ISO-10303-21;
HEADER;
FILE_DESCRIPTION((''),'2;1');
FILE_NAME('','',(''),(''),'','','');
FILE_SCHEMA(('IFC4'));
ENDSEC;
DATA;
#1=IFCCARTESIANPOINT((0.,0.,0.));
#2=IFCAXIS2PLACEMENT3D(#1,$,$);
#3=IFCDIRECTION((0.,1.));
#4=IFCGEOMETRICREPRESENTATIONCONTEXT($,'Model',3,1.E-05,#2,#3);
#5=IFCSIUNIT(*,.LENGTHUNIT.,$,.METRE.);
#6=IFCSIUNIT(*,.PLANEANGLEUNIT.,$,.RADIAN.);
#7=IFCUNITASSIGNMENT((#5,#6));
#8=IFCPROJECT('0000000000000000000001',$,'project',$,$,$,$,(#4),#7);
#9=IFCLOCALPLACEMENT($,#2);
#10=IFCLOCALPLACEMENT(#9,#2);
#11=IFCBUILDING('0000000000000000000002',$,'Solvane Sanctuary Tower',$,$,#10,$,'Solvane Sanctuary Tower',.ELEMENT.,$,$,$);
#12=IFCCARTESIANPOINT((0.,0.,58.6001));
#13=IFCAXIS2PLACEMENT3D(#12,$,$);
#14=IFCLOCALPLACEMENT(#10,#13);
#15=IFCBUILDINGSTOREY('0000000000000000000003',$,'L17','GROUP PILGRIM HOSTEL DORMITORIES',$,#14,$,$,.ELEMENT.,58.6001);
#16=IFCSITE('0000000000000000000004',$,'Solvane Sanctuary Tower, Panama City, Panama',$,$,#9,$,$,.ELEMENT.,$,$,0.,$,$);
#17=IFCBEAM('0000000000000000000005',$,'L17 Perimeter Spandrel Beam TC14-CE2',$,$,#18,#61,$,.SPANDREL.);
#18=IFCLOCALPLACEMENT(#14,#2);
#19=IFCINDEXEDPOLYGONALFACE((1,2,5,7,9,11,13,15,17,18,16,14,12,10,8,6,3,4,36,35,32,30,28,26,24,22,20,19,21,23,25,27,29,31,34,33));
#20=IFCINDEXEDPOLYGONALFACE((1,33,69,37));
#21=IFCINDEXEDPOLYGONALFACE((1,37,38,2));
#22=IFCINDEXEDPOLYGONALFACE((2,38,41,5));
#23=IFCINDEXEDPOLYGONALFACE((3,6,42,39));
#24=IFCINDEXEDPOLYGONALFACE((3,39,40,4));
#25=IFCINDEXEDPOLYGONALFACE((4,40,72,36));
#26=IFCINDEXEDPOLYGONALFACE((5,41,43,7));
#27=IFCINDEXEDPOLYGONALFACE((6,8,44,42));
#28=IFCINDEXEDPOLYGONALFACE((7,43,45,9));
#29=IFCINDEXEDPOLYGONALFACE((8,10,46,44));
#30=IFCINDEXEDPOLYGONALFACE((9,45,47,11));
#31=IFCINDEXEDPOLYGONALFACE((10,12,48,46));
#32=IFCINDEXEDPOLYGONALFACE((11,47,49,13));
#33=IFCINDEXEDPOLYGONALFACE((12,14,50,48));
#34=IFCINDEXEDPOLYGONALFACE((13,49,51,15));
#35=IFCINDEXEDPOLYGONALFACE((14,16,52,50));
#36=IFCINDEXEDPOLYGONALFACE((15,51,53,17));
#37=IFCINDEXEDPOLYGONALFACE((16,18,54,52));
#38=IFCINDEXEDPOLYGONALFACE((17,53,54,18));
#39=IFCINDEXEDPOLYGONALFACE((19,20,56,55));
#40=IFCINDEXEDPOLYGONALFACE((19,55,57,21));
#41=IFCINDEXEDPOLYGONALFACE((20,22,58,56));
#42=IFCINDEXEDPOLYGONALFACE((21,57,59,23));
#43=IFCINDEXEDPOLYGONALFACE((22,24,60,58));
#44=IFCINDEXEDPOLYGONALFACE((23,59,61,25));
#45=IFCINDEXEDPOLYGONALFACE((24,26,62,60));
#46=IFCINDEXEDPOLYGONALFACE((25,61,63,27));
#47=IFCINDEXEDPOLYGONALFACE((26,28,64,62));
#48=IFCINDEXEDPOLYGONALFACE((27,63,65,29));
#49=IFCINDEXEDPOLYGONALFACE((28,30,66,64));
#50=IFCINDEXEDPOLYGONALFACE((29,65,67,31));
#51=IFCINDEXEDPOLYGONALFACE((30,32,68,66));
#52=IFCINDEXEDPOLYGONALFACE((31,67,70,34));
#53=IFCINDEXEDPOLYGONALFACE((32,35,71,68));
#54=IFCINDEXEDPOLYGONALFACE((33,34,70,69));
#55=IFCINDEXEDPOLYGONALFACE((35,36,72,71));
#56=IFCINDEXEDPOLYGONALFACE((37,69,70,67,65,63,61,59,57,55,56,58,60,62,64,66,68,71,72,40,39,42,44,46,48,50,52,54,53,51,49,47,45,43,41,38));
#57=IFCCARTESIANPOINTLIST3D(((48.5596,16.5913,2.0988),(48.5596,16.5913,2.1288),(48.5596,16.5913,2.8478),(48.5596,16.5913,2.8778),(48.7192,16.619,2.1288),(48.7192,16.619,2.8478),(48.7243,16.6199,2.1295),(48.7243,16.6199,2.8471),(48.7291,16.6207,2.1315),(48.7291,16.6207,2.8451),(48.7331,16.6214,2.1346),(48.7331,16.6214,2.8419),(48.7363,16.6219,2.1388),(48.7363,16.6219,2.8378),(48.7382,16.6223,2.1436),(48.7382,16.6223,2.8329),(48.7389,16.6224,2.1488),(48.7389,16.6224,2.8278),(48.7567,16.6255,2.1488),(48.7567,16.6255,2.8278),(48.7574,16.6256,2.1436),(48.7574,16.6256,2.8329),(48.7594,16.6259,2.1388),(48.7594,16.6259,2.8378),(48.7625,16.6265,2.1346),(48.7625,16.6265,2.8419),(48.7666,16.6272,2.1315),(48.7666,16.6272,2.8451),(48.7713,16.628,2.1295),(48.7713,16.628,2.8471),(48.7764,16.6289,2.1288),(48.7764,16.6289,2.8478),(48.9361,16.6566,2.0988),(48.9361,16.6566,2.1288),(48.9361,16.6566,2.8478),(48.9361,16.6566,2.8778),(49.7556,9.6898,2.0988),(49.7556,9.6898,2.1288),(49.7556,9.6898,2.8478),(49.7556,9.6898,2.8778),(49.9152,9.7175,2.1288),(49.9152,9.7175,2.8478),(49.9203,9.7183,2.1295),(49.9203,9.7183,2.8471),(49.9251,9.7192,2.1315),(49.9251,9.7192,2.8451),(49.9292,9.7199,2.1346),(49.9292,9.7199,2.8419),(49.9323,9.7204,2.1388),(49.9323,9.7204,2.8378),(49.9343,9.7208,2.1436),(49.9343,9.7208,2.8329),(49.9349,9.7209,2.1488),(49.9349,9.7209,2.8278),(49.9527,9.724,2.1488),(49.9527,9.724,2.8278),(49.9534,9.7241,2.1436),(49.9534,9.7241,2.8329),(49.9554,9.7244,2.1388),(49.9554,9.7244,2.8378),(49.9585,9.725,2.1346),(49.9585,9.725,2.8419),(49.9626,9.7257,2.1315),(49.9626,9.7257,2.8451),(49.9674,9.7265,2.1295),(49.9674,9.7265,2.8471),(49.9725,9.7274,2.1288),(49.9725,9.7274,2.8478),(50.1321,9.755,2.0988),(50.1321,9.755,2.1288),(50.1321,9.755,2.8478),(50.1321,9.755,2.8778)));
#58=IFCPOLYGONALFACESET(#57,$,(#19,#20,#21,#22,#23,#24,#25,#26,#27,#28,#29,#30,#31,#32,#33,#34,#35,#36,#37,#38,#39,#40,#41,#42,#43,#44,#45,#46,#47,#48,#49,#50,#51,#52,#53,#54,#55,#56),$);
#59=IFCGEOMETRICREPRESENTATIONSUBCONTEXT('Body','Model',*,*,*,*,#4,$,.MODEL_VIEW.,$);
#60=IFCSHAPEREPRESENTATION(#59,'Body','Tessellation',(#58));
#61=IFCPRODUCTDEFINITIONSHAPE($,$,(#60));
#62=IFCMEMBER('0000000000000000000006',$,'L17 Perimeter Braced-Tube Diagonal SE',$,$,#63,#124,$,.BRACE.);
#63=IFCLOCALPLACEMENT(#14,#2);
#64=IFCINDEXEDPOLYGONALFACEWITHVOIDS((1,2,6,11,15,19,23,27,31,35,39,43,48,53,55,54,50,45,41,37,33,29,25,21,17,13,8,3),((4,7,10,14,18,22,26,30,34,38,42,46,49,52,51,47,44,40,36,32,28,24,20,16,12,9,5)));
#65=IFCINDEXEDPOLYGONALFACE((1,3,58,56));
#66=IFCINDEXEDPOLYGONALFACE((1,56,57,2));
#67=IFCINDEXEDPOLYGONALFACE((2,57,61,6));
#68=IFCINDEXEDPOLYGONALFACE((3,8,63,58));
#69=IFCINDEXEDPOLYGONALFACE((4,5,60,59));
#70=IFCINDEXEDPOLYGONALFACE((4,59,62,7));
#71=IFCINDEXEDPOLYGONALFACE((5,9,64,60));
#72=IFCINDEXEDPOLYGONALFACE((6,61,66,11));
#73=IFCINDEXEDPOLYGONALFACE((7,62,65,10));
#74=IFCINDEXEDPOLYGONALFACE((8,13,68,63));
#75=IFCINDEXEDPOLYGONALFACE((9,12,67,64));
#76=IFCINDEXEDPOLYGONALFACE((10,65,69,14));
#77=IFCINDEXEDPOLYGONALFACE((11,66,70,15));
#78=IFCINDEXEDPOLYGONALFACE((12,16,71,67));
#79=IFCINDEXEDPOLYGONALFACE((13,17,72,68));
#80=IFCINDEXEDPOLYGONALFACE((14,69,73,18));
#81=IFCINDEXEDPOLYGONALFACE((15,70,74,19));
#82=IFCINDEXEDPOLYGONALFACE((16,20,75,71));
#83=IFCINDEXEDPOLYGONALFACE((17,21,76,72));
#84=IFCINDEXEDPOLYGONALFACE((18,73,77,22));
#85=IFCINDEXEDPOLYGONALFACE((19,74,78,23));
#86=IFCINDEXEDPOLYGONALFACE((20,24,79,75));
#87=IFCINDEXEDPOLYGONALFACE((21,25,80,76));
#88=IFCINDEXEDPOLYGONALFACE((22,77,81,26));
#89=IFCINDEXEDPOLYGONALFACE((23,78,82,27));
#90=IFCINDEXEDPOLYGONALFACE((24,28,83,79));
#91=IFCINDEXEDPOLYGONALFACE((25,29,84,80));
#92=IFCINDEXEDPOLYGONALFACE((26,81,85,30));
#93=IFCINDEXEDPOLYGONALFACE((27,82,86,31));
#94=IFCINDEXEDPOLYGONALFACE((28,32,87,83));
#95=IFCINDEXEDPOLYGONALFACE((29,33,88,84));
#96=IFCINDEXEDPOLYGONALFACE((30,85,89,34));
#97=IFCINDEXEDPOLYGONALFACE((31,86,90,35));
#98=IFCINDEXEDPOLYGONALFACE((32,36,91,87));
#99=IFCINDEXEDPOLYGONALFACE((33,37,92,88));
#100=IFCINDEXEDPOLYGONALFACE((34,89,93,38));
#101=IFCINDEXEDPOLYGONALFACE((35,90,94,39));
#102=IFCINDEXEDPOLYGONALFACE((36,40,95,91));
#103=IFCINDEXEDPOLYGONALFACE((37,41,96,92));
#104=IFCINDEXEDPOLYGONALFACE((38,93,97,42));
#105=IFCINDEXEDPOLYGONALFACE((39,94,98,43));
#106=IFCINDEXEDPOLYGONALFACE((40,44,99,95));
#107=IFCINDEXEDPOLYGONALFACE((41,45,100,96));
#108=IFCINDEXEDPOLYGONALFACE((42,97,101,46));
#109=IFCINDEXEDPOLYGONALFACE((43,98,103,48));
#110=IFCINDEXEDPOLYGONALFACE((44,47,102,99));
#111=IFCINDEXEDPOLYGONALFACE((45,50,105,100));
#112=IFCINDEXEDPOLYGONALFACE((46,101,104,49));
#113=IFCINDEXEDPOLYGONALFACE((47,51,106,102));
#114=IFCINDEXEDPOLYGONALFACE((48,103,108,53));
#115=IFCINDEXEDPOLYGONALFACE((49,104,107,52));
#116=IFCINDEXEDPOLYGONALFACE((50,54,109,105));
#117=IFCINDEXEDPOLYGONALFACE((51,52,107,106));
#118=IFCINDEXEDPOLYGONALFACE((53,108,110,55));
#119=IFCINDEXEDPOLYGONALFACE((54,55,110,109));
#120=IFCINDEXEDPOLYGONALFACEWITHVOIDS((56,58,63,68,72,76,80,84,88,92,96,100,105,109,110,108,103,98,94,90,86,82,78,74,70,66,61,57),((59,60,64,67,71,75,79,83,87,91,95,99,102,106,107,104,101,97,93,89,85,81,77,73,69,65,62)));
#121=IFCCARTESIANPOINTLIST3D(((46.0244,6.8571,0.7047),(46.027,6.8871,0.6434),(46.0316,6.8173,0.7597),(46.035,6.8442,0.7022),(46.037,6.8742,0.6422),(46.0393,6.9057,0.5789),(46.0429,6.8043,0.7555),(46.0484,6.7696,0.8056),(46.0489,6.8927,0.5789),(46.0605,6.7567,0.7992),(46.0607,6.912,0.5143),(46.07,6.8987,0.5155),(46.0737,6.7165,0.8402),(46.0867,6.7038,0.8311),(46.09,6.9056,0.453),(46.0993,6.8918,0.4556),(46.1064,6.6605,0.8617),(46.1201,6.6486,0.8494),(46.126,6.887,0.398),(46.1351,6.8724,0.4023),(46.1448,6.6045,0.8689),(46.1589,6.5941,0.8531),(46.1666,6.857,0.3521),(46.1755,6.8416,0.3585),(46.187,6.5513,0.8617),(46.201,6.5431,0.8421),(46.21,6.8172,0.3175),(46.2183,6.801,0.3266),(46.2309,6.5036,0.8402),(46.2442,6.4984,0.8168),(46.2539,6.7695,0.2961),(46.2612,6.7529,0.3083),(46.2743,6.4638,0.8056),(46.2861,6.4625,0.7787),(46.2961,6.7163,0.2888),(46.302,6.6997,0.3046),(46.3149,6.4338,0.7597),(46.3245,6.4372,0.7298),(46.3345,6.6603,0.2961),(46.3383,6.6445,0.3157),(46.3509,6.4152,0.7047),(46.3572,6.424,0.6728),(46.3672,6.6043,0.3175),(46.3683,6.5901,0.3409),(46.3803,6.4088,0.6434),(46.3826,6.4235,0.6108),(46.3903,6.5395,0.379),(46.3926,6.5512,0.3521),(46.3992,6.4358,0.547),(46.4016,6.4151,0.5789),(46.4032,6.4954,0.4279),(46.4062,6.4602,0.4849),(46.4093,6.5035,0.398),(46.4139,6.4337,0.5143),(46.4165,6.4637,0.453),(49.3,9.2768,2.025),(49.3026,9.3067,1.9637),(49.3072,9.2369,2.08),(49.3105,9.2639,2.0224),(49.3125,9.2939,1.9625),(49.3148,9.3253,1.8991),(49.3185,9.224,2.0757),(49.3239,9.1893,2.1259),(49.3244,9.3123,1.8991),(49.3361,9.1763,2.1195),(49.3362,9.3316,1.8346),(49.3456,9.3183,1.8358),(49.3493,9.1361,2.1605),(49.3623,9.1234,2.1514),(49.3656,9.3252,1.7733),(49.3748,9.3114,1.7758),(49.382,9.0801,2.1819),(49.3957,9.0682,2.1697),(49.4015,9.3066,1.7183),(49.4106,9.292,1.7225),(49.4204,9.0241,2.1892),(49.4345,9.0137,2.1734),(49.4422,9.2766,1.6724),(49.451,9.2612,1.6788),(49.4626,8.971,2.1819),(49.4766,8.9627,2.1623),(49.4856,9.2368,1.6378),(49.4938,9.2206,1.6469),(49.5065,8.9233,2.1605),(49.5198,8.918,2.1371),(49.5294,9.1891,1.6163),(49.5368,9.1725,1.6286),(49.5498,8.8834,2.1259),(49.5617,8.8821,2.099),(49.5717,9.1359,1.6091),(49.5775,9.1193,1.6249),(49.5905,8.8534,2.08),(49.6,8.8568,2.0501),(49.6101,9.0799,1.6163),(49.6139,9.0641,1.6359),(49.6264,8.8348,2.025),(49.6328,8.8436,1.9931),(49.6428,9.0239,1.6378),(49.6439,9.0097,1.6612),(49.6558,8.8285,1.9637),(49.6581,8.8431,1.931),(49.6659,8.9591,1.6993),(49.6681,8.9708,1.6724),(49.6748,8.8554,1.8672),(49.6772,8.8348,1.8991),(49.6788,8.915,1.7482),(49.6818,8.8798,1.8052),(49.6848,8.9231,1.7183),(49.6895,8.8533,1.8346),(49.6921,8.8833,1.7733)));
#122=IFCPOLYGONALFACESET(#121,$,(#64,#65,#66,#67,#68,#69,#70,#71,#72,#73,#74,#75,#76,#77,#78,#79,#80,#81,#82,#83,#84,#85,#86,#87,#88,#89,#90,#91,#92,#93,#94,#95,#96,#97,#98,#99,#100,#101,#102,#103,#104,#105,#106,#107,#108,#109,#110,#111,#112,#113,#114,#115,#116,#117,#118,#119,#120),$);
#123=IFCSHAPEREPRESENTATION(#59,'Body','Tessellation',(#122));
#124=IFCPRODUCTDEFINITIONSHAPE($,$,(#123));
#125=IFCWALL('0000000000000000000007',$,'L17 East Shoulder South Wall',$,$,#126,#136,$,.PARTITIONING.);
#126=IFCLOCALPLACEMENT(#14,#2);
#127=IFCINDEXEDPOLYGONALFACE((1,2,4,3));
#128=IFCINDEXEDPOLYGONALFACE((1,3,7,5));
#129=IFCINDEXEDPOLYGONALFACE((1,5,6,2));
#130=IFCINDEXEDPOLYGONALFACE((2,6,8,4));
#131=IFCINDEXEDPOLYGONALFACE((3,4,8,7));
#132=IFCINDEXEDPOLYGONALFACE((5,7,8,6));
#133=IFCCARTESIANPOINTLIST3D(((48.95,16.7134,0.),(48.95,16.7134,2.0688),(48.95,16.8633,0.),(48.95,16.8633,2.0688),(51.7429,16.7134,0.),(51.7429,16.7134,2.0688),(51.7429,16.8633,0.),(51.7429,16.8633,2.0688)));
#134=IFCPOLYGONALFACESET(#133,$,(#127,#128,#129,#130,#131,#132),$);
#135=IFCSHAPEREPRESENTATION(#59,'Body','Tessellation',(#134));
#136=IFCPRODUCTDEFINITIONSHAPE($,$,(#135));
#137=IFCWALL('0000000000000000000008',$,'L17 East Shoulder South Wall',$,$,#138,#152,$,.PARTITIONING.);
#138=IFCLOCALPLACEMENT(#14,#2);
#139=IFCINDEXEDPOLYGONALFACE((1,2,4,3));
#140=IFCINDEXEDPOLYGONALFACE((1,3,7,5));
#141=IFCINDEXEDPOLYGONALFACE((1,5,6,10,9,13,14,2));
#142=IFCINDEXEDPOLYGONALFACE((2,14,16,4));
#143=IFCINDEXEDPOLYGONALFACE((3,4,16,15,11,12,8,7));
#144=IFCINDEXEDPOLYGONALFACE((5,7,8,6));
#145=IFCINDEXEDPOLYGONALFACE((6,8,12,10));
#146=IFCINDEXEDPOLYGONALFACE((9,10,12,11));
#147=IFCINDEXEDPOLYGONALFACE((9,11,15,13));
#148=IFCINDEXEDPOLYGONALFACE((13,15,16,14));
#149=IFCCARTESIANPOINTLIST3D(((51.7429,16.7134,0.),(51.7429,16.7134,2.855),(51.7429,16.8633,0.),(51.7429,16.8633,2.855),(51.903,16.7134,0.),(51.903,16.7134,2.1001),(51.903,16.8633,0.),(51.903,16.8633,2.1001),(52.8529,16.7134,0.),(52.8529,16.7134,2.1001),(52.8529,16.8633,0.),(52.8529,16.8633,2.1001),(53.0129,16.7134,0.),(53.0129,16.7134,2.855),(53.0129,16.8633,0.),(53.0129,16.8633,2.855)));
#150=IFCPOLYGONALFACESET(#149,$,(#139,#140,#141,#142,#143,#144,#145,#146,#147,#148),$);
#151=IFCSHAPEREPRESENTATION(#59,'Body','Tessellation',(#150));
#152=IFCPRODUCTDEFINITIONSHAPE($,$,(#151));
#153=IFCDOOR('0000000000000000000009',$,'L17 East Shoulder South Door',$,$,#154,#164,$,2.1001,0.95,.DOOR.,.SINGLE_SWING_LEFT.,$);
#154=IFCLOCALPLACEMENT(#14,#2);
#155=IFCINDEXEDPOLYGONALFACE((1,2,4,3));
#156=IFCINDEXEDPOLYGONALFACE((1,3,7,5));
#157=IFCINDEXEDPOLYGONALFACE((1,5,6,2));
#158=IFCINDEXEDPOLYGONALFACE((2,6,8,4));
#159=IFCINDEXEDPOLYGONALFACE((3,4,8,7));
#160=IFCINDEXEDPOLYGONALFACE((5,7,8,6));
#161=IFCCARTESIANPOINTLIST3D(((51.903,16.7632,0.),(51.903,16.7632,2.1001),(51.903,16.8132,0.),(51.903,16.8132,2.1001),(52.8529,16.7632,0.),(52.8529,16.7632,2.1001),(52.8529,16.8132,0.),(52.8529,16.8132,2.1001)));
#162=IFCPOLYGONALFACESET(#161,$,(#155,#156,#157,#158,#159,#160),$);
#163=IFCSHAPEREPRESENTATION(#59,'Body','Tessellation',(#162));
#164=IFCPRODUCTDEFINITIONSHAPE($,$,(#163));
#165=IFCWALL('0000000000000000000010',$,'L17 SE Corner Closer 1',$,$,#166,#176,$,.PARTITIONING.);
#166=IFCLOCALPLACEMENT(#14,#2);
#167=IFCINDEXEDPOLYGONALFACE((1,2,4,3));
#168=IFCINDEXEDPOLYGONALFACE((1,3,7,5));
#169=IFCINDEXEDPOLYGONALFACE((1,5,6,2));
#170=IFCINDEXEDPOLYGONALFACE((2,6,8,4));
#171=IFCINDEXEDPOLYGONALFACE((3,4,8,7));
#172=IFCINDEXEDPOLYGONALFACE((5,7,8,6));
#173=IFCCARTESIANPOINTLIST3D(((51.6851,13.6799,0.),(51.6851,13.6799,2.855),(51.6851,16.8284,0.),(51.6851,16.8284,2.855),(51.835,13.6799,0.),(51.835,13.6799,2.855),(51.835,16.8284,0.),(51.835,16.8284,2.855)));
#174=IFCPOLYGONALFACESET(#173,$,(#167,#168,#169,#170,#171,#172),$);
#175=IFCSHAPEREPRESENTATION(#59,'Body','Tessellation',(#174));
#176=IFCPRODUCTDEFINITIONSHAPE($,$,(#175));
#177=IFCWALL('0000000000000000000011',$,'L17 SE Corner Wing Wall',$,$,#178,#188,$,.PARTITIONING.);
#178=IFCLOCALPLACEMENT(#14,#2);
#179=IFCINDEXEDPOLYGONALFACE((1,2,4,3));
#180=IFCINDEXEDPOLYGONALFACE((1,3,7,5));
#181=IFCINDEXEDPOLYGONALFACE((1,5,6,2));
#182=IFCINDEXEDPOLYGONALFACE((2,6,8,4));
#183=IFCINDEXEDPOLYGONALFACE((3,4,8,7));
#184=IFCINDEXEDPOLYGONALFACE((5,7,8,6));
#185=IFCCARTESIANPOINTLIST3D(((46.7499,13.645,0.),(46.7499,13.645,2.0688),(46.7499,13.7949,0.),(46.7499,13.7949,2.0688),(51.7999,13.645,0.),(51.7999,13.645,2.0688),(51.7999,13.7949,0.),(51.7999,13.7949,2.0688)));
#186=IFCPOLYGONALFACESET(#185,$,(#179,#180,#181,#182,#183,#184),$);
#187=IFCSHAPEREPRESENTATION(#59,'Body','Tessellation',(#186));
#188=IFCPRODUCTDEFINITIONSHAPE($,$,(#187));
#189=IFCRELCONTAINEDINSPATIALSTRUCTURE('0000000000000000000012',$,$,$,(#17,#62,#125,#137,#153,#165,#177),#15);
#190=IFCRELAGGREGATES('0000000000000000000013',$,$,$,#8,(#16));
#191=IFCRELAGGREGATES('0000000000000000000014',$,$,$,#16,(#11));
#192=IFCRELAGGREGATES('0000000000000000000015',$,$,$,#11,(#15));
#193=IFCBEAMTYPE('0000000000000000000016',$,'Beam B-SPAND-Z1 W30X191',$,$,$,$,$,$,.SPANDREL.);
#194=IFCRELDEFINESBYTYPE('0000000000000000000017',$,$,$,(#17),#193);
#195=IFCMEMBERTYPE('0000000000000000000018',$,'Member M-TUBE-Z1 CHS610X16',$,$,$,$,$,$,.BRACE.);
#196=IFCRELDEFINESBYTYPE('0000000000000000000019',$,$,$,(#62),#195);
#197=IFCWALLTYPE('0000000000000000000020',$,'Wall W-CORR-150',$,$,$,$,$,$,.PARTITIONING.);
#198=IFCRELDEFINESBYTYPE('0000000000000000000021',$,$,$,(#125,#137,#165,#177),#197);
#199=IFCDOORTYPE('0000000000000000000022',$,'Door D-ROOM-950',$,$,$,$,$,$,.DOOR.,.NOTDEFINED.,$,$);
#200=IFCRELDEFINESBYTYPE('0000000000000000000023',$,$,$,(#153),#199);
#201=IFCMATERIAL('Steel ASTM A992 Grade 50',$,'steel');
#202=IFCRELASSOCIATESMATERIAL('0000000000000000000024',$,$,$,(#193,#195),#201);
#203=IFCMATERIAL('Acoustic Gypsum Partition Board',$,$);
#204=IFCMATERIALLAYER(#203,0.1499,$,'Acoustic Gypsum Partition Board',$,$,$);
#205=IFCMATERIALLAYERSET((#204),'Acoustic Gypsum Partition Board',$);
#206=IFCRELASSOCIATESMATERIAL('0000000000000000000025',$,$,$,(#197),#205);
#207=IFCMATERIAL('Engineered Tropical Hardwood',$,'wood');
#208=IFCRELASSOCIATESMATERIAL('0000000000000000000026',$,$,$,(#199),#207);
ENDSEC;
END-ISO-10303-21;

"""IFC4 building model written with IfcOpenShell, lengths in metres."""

from ifc_helpers import new_model, si_unit, direction, frame, frame_2d, origin, origin_2d, place, context, subcontext, project, spatial, rectangle, hollow_circle, i_section, extrude, material, layer, layer_set, material_profile, profile_set, type_object, element, fill, save


model = new_model("IFC4")

# Units and contexts
model_context = context("Model", 3, precision=1e-05, world=origin(), true_north=direction((0.0, 1.0)))
body_context = subcontext(model_context, "Body", "Model", "MODEL_VIEW")
ifc_project = project(units=[si_unit("LENGTHUNIT", "METRE"), si_unit("PLANEANGLEUNIT", "RADIAN")], contexts=[model_context])

# Site, building, storey
site_placement = place(None, origin())
site = spatial("IfcSite", under=ifc_project, at=site_placement, Name="Solvane Sanctuary Tower, Panama City, Panama", CompositionType="ELEMENT", RefElevation=0.0)
building_placement = place(site_placement, origin())
building = spatial("IfcBuilding", under=site, at=building_placement, Name="Solvane Sanctuary Tower", LongName="Solvane Sanctuary Tower", CompositionType="ELEMENT")
storey_placement = place(building_placement, frame((0.0, 0.0, 58.6001)))
storey = spatial("IfcBuildingStorey", under=building, at=storey_placement, Name="L17", Description="GROUP PILGRIM HOSTEL DORMITORIES", CompositionType="ELEMENT", Elevation=58.6001)

# Beam
ifc_material_1 = material(Name="Steel ASTM A992 Grade 50", Category="steel")
ifc_material_profile_1 = material_profile(ifc_material_1, i_section(OverallWidth=0.3821, OverallDepth=0.7791, WebThickness=0.0181, FlangeThickness=0.03, FilletRadius=0.02, at=origin_2d()), Name="W30X191")
ifc_profile_set_1 = profile_set([ifc_material_profile_1], Name="Steel ASTM A992 Grade 50")
beam_type_1 = type_object("IfcBeamType", Name="Beam B-SPAND-Z1 W30X191", PredefinedType="SPANDREL", material=ifc_profile_set_1)
beam_1_placement = place(storey_placement, frame((49.9438, 9.7224, 2.4883), z_axis=(-0.170754, 0.985314, 0.0), x_axis=(-0.985314, -0.170754, 0.0)))
element("IfcBeam", 1, at=beam_1_placement, inside=storey, type_object=beam_type_1, Name="L17 Perimeter Spandrel Beam TC14-CE2", PredefinedType="SPANDREL", context=body_context, shape_type="SweptSolid", body=[
    extrude(i_section(OverallWidth=0.3821, OverallDepth=0.7791, WebThickness=0.0181, FlangeThickness=0.03, FilletRadius=0.02, at=origin_2d()), origin(), (0.0, 0.0, 1.0), 7.0044),
])

# Member
ifc_material_profile_2 = material_profile(ifc_material_1, hollow_circle(Radius=0.3049, WallThickness=0.0161, at=origin_2d()), Name="CHS610X16")
ifc_profile_set_2 = profile_set([ifc_material_profile_2], Name="Steel ASTM A992 Grade 50")
member_type = type_object("IfcMemberType", Name="Member M-TUBE-Z1 CHS610X16", PredefinedType="BRACE", material=ifc_profile_set_2)
member_placement = place(storey_placement, frame((46.2205, 6.6604, 0.5789), z_axis=(0.765138, 0.5652, 0.308405), x_axis=(-0.594162, 0.804346, 0.0)))
element("IfcMember", 2, at=member_placement, inside=storey, type_object=member_type, Name="L17 Perimeter Braced-Tube Diagonal SE", PredefinedType="BRACE", context=body_context, shape_type="SweptSolid", body=[
    extrude(hollow_circle(Radius=0.3049, WallThickness=0.0161, at=origin_2d()), origin(), (0.0, 0.0, 1.0), 4.281),
])

# Wall
ifc_material_2 = material(Name="Acoustic Gypsum Partition Board")
ifc_layer_1 = layer(ifc_material_2, 0.1499, Name="Acoustic Gypsum Partition Board")
ifc_layer_set_1 = layer_set([ifc_layer_1], Name="Acoustic Gypsum Partition Board")
wall_type_1 = type_object("IfcWallType", Name="Wall W-CORR-150", PredefinedType="PARTITIONING", material=ifc_layer_set_1)
wall_1_placement = place(storey_placement, frame((48.95, 16.7883, 0.0), z_axis=(0.0, 0.0, 1.0), x_axis=(1.0, 0.0, 0.0)))
element("IfcWall", 3, at=wall_1_placement, inside=storey, type_object=wall_type_1, Name="L17 East Shoulder South Wall", PredefinedType="PARTITIONING", context=body_context, shape_type="SweptSolid", body=[
    extrude(rectangle(XDim=2.793, YDim=0.1499, at=frame_2d((1.3965, 0.0))), origin(), (0.0, 0.0, 1.0), 2.0688),
])

# Wall, opening, door
wall_2_placement = place(storey_placement, frame((51.7429, 16.7883, 0.0), z_axis=(0.0, 0.0, 1.0), x_axis=(1.0, 0.0, 0.0)))
wall_2 = element("IfcWall", 4, at=wall_2_placement, inside=storey, type_object=wall_type_1, Name="L17 East Shoulder South Wall", PredefinedType="PARTITIONING", context=body_context, shape_type="SweptSolid", body=[
    extrude(rectangle(XDim=1.27, YDim=0.1499, at=frame_2d((0.635, 0.0))), origin(), (0.0, 0.0, 1.0), 2.855),
])
opening_1_placement = place(wall_2_placement, frame((0.1599, 0.0, 0.0)))
opening_1 = element("IfcOpeningElement", 5, at=opening_1_placement, cuts=wall_2, PredefinedType="OPENING", context=body_context, shape_type="SweptSolid", body=[
    extrude(rectangle(XDim=0.95, YDim=2.1001, at=frame_2d((0.4751, 1.05))), frame((0.0, 0.085, 0.0), z_axis=(0.0, -1.0, 0.0), x_axis=(1.0, 0.0, 0.0)), (0.0, 0.0, 1.0), 0.1699),
])
ifc_material_3 = material(Name="Engineered Tropical Hardwood", Category="wood")
door_type_1 = type_object("IfcDoorType", Name="Door D-ROOM-950", OperationType="NOTDEFINED", PredefinedType="DOOR", material=ifc_material_3)
door_1_placement = place(opening_1_placement, origin())
door_1 = element("IfcDoor", 6, at=door_1_placement, inside=storey, type_object=door_type_1, Name="L17 East Shoulder South Door", OperationType="SINGLE_SWING_LEFT", OverallHeight=2.1001, OverallWidth=0.95, PredefinedType="DOOR", context=body_context, shape_type="SweptSolid", body=[
    extrude(rectangle(XDim=0.95, YDim=2.1001, at=frame_2d((0.4751, 1.05))), frame((0.0, 0.0249, 0.0), z_axis=(0.0, -1.0, 0.0), x_axis=(1.0, 0.0, 0.0)), (0.0, 0.0, 1.0), 0.05),
])
fill(opening_1, door_1)

# Walls
wall_3_placement = place(storey_placement, frame((51.76, 13.6799, 0.0), z_axis=(0.0, 0.0, 1.0), x_axis=(0.0, 1.0, 0.0)))
element("IfcWall", 7, at=wall_3_placement, inside=storey, type_object=wall_type_1, Name="L17 SE Corner Closer 1", PredefinedType="PARTITIONING", context=body_context, shape_type="SweptSolid", body=[
    extrude(rectangle(XDim=3.1484, YDim=0.1499, at=frame_2d((1.5742, 0.0))), origin(), (0.0, 0.0, 1.0), 2.855),
])
wall_4_placement = place(storey_placement, frame((46.75, 13.72, 0.0), z_axis=(0.0, 0.0, 1.0), x_axis=(1.0, 0.0, 0.0)))
element("IfcWall", 8, at=wall_4_placement, inside=storey, type_object=wall_type_1, Name="L17 SE Corner Wing Wall", PredefinedType="PARTITIONING", context=body_context, shape_type="SweptSolid", body=[
    extrude(rectangle(XDim=5.05, YDim=0.1499, at=frame_2d((2.5249, 0.0))), origin(), (0.0, 0.0, 1.0), 2.0688),
])

save(model, "model.ifc")
